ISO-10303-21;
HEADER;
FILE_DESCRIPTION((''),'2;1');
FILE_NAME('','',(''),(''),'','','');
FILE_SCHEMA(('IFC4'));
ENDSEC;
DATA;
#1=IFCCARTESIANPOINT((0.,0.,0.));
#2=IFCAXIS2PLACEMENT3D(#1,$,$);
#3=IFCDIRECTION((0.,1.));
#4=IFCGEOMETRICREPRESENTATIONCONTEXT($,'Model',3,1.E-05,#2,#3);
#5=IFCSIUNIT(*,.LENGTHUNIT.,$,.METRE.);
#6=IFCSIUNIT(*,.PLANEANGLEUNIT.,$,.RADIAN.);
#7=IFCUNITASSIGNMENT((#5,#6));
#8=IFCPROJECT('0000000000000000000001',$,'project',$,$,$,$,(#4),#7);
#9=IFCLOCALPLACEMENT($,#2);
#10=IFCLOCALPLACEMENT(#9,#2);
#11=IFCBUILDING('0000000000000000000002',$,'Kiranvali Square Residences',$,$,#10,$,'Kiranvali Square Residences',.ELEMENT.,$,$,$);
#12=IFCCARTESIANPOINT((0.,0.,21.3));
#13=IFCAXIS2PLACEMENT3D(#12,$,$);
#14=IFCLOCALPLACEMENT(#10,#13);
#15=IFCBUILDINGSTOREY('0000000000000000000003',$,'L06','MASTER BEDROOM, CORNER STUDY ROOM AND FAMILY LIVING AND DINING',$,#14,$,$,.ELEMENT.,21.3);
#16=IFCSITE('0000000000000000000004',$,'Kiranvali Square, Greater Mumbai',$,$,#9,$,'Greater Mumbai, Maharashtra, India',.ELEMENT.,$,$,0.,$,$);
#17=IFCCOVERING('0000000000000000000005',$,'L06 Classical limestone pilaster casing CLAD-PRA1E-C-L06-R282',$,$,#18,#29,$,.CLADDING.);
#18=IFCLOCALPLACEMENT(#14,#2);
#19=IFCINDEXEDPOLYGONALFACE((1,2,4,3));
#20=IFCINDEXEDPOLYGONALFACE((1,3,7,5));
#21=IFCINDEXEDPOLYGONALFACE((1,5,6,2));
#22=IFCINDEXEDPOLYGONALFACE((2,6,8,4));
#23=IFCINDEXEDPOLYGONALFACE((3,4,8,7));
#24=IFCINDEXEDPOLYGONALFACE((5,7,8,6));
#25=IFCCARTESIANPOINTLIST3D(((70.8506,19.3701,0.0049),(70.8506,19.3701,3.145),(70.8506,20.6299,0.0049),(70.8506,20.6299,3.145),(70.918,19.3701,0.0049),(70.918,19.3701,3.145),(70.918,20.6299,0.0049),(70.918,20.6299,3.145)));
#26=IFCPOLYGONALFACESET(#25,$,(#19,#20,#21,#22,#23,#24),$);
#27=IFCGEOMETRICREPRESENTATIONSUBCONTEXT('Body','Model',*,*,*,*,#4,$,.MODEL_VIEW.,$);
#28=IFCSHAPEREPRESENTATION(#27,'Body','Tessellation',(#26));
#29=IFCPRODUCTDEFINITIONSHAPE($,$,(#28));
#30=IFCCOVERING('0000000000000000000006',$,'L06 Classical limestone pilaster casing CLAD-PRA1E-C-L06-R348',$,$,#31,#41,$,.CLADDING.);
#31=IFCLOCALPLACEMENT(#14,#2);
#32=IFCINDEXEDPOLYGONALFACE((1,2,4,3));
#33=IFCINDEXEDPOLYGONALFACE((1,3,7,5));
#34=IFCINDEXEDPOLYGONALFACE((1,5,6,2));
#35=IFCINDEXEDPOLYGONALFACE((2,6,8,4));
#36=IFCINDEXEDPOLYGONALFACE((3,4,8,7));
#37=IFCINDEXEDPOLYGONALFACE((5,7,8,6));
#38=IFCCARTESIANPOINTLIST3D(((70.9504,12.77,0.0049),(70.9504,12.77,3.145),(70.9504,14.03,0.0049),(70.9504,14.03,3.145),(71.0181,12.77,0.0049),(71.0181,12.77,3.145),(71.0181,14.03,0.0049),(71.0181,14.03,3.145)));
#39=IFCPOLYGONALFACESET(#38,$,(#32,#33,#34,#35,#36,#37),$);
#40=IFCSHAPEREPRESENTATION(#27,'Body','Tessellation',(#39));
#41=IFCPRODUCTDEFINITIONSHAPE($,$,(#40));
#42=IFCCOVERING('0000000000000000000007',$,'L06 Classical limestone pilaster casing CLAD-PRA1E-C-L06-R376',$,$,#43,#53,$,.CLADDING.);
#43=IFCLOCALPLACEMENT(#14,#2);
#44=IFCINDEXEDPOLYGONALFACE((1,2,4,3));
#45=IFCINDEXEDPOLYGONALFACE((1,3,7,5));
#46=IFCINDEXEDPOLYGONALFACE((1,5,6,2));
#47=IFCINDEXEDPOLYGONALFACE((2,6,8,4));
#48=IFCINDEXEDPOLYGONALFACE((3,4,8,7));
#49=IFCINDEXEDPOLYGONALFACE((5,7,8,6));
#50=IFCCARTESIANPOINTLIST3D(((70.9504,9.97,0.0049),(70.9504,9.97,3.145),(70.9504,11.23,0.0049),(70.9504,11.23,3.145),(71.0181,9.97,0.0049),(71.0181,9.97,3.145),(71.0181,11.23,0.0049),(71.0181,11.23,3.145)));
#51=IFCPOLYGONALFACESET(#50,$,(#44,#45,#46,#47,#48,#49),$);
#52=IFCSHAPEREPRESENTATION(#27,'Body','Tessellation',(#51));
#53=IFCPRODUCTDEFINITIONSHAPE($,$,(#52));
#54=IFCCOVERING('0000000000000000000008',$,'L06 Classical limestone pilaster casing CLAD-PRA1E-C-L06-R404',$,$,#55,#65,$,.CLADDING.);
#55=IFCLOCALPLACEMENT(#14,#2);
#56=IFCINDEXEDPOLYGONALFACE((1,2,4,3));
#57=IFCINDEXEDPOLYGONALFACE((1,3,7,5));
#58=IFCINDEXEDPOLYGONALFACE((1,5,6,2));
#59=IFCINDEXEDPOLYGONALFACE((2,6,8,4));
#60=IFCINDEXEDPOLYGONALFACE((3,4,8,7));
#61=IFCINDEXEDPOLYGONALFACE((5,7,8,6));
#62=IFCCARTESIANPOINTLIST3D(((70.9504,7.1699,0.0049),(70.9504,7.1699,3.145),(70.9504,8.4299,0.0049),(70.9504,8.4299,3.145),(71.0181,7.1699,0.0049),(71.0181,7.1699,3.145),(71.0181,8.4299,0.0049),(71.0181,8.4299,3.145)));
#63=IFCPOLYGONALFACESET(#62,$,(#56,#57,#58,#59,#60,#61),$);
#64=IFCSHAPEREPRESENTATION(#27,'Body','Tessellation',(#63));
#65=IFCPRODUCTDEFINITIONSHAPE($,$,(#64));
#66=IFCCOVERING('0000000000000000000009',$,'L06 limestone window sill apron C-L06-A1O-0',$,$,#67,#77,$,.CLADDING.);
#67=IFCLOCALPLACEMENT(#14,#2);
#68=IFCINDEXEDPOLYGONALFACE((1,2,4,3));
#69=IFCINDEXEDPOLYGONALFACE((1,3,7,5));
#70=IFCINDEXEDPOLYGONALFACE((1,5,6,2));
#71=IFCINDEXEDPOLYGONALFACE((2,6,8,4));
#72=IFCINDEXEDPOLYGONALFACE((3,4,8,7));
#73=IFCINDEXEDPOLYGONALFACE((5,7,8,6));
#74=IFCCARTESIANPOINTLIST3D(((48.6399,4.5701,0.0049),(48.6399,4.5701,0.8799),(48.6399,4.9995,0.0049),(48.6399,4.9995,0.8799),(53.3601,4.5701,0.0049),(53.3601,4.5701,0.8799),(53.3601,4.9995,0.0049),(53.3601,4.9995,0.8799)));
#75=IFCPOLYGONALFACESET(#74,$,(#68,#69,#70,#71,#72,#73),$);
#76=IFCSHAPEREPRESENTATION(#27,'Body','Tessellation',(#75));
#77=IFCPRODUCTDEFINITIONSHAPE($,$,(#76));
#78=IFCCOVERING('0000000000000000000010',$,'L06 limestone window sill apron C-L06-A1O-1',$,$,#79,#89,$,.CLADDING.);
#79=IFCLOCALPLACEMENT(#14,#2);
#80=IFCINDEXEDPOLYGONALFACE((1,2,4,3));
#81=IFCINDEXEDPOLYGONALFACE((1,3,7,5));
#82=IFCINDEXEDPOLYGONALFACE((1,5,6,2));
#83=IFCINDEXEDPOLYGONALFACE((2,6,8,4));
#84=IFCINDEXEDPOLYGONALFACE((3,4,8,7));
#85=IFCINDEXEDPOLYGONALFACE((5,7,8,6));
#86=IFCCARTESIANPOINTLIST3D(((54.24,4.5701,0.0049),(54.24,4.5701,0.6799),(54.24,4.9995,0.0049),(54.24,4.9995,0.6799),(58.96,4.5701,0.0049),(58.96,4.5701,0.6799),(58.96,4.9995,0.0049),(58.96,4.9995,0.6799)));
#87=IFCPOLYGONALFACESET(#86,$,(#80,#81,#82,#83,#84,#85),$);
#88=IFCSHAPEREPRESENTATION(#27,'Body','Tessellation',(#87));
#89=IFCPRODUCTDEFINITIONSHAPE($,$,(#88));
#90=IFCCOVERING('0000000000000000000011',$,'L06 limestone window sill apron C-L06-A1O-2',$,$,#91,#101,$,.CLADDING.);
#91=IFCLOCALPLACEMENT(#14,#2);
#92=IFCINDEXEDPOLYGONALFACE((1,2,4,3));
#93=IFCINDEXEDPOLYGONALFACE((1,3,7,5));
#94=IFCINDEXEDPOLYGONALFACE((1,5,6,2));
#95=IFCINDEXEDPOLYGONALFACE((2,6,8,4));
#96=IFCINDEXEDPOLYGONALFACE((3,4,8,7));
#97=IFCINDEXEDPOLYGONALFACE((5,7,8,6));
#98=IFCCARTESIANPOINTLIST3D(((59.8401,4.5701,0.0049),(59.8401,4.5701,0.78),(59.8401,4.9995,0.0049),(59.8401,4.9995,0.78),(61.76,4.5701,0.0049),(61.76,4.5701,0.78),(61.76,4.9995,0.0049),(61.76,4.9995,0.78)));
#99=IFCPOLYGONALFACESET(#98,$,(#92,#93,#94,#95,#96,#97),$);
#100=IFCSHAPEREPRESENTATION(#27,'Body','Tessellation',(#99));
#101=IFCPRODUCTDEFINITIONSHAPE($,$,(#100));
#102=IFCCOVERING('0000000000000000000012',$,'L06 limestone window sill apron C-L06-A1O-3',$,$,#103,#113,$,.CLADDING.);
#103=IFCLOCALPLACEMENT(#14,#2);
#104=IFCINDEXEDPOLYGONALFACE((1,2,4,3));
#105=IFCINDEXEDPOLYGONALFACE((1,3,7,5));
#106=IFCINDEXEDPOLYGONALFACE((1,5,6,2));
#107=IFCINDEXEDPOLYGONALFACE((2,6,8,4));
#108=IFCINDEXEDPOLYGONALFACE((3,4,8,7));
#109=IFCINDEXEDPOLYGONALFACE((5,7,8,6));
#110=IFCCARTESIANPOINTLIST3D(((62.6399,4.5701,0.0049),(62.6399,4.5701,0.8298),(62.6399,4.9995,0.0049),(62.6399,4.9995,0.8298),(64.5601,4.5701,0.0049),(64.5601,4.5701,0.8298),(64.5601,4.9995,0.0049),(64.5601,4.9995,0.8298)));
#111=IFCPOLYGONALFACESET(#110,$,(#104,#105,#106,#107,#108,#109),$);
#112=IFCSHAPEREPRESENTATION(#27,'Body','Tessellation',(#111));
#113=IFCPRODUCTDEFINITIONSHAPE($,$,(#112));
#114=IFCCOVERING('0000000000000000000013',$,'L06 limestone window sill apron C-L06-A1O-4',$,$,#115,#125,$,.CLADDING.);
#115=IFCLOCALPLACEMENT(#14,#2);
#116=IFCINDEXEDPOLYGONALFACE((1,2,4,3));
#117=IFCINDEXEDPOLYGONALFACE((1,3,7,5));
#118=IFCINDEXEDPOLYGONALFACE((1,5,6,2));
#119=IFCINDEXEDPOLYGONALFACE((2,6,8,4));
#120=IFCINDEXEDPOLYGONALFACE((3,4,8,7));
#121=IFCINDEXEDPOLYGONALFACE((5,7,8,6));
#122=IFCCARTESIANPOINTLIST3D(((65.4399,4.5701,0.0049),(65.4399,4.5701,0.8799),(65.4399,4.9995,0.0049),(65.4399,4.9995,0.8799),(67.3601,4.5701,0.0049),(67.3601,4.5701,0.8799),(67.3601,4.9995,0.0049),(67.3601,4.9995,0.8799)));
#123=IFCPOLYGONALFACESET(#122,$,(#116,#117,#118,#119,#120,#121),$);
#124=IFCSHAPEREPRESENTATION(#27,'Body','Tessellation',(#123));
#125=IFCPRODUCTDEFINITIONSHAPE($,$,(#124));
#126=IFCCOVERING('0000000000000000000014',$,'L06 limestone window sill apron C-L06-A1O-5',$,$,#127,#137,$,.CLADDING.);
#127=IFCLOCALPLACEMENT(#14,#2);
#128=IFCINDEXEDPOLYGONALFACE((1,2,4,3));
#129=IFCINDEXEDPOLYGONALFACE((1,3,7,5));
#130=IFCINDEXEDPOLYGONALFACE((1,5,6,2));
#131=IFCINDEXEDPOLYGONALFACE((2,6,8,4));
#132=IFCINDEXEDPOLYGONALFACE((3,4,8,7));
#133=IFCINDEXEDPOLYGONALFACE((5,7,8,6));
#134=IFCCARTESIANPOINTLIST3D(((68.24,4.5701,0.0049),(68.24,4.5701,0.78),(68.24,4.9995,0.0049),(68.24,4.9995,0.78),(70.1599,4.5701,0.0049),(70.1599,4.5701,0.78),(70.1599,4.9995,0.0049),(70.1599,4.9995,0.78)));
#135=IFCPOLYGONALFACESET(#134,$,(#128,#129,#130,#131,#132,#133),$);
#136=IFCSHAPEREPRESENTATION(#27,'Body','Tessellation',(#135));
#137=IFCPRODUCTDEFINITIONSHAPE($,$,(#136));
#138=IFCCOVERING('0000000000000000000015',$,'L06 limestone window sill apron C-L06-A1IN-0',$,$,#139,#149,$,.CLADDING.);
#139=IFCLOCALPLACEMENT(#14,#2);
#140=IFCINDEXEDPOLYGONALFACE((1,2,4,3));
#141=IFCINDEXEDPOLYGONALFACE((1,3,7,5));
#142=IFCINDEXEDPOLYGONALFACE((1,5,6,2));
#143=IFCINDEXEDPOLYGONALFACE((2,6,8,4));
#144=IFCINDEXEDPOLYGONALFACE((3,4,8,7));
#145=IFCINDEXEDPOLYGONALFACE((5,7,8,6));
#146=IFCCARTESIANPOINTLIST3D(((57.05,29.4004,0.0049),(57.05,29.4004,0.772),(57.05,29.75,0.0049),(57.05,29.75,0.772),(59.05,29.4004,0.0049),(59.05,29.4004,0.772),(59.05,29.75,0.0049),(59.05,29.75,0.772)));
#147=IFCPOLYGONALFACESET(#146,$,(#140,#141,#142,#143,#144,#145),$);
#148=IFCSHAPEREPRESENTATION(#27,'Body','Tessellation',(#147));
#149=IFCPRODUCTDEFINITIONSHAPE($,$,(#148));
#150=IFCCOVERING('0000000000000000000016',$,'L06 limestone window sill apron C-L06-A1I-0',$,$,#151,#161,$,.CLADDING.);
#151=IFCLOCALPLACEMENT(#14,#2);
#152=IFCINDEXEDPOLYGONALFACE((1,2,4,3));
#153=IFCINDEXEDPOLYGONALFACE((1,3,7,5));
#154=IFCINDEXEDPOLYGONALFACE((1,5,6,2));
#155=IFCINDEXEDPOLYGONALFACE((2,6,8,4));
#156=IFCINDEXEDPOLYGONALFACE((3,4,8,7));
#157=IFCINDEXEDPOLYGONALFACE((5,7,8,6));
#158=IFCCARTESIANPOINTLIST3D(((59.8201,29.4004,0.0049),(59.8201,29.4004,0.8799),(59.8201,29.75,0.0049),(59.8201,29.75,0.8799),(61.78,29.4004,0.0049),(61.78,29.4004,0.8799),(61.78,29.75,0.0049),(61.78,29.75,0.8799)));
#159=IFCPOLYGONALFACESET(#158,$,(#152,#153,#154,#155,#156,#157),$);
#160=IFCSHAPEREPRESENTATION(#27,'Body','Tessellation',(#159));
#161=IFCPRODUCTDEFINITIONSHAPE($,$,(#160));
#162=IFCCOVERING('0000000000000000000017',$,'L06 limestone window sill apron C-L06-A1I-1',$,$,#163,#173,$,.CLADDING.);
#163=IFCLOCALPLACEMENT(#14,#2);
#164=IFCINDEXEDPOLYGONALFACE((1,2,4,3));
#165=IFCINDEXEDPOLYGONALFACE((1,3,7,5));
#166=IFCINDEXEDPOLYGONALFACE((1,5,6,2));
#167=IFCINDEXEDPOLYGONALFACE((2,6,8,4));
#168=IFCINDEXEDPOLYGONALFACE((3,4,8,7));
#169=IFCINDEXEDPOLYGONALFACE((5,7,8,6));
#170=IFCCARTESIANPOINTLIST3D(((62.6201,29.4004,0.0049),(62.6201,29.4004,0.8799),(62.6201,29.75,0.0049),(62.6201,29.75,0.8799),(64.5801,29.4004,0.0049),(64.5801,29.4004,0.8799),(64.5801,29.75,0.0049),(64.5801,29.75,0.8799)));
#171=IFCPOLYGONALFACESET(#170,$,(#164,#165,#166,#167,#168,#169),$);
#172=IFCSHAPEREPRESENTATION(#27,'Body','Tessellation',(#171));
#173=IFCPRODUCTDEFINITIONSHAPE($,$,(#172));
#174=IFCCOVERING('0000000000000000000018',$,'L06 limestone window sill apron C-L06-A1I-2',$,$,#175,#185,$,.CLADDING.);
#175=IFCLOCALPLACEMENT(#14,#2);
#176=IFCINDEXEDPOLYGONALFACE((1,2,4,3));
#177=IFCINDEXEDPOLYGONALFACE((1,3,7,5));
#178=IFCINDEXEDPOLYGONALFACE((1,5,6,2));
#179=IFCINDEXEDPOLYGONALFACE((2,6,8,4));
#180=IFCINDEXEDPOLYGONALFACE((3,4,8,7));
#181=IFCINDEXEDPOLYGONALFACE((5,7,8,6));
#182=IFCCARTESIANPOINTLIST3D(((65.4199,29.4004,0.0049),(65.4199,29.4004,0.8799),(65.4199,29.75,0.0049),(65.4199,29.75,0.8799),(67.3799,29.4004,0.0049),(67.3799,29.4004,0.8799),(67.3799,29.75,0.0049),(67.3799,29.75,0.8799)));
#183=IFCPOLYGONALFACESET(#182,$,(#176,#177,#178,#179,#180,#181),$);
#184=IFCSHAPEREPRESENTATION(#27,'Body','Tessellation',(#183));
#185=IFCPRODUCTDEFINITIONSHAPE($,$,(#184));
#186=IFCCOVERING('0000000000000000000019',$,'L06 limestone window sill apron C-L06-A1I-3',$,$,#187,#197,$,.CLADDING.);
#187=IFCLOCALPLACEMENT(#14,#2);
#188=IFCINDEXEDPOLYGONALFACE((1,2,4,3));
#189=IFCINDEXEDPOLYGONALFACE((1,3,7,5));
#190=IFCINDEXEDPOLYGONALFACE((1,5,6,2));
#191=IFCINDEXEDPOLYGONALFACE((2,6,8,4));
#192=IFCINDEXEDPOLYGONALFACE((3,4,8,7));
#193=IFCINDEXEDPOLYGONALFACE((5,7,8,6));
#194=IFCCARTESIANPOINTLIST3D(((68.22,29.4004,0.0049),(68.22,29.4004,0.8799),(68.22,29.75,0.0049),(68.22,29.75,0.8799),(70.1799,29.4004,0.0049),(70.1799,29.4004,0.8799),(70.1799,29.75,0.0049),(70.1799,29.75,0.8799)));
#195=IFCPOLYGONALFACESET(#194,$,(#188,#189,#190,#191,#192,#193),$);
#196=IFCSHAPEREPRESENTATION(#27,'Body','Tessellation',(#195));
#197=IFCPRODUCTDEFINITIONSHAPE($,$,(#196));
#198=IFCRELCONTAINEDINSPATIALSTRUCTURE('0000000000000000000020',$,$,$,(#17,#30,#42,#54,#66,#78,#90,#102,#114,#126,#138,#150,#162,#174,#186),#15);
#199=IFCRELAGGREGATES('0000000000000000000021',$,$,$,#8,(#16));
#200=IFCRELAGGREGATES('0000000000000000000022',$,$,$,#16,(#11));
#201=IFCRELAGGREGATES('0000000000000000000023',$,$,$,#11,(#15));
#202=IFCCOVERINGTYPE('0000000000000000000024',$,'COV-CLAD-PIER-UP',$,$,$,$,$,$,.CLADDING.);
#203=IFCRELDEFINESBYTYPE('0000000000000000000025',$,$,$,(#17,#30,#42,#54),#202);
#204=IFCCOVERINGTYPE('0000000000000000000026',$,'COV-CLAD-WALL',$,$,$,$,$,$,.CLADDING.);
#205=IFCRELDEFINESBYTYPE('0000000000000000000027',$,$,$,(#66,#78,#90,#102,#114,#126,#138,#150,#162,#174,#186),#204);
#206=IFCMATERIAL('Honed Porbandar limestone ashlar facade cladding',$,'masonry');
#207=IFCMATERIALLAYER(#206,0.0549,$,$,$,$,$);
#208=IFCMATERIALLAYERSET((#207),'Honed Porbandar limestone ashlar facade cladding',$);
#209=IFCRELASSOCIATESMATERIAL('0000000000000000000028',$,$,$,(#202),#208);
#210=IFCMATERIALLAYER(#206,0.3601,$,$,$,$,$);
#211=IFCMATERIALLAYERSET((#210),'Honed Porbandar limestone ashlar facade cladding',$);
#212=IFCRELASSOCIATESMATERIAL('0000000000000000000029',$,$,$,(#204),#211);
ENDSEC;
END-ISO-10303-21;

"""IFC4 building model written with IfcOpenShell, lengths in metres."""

from ifc_helpers import new_model, si_unit, direction, frame, origin, place, context, subcontext, project, spatial, polyline, outline, extrude, material, layer, layer_set, type_object, element, save


model = new_model("IFC4")

# Units and contexts
model_context = context("Model", 3, precision=1e-05, world=origin(), true_north=direction((0.0, 1.0)))
body_context = subcontext(model_context, "Body", "Model", "MODEL_VIEW")
ifc_project = project(units=[si_unit("LENGTHUNIT", "METRE"), si_unit("PLANEANGLEUNIT", "RADIAN")], contexts=[model_context])

# Site, building, storey
site_placement = place(None, origin())
site = spatial("IfcSite", under=ifc_project, at=site_placement, Name="Kiranvali Square, Greater Mumbai", LongName="Greater Mumbai, Maharashtra, India", CompositionType="ELEMENT", RefElevation=0.0)
building_placement = place(site_placement, origin())
building = spatial("IfcBuilding", under=site, at=building_placement, Name="Kiranvali Square Residences", LongName="Kiranvali Square Residences", CompositionType="ELEMENT")
storey_placement = place(building_placement, frame((0.0, 0.0, 21.3)))
storey = spatial("IfcBuildingStorey", under=building, at=storey_placement, Name="L06", Description="MASTER BEDROOM, CORNER STUDY ROOM AND FAMILY LIVING AND DINING", CompositionType="ELEMENT", Elevation=21.3)

# Coverings
ifc_material = material(Name="Honed Porbandar limestone ashlar facade cladding", Category="masonry")
ifc_layer_1 = layer(ifc_material, 0.0549)
ifc_layer_set_1 = layer_set([ifc_layer_1], Name="Honed Porbandar limestone ashlar facade cladding")
covering_type_1 = type_object("IfcCoveringType", Name="COV-CLAD-PIER-UP", PredefinedType="CLADDING", material=ifc_layer_set_1)
covering_1_placement = place(storey_placement, frame((0.0, 0.0, 0.0049)))
element("IfcCovering", 1, at=covering_1_placement, inside=storey, type_object=covering_type_1, Name="L06 Classical limestone pilaster casing CLAD-PRA1E-C-L06-R282", PredefinedType="CLADDING", context=body_context, shape_type="SweptSolid", body=[
    extrude(outline(polyline([(70.8506, 20.6299), (70.8506, 19.3701), (70.918, 19.3701), (70.918, 20.6299), (70.8506, 20.6299)])), origin(), (0.0, 0.0, 1.0), 3.1401),
])
covering_2_placement = place(storey_placement, frame((0.0, 0.0, 0.0049)))
element("IfcCovering", 2, at=covering_2_placement, inside=storey, type_object=covering_type_1, Name="L06 Classical limestone pilaster casing CLAD-PRA1E-C-L06-R348", PredefinedType="CLADDING", context=body_context, shape_type="SweptSolid", body=[
    extrude(outline(polyline([(70.9504, 14.03), (70.9504, 12.77), (71.0181, 12.77), (71.0181, 14.03), (70.9504, 14.03)])), origin(), (0.0, 0.0, 1.0), 3.1401),
])
covering_3_placement = place(storey_placement, frame((0.0, 0.0, 0.0049)))
element("IfcCovering", 3, at=covering_3_placement, inside=storey, type_object=covering_type_1, Name="L06 Classical limestone pilaster casing CLAD-PRA1E-C-L06-R376", PredefinedType="CLADDING", context=body_context, shape_type="SweptSolid", body=[
    extrude(outline(polyline([(70.9504, 11.23), (70.9504, 9.97), (71.0181, 9.97), (71.0181, 11.23), (70.9504, 11.23)])), origin(), (0.0, 0.0, 1.0), 3.1401),
])
covering_4_placement = place(storey_placement, frame((0.0, 0.0, 0.0049)))
element("IfcCovering", 4, at=covering_4_placement, inside=storey, type_object=covering_type_1, Name="L06 Classical limestone pilaster casing CLAD-PRA1E-C-L06-R404", PredefinedType="CLADDING", context=body_context, shape_type="SweptSolid", body=[
    extrude(outline(polyline([(70.9504, 8.4299), (70.9504, 7.1699), (71.0181, 7.1699), (71.0181, 8.4299), (70.9504, 8.4299)])), origin(), (0.0, 0.0, 1.0), 3.1401),
])
ifc_layer_2 = layer(ifc_material, 0.3601)
ifc_layer_set_2 = layer_set([ifc_layer_2], Name="Honed Porbandar limestone ashlar facade cladding")
covering_type_2 = type_object("IfcCoveringType", Name="COV-CLAD-WALL", PredefinedType="CLADDING", material=ifc_layer_set_2)
covering_5_placement = place(storey_placement, frame((0.0, 0.0, 0.0049)))
element("IfcCovering", 5, at=covering_5_placement, inside=storey, type_object=covering_type_2, Name="L06 limestone window sill apron C-L06-A1O-0", PredefinedType="CLADDING", context=body_context, shape_type="SweptSolid", body=[
    extrude(outline(polyline([(48.6399, 4.5701), (53.3601, 4.5701), (53.3601, 4.9995), (48.6399, 4.9995), (48.6399, 4.5701)])), origin(), (0.0, 0.0, 1.0), 0.875),
])
covering_6_placement = place(storey_placement, frame((0.0, 0.0, 0.0049)))
element("IfcCovering", 6, at=covering_6_placement, inside=storey, type_object=covering_type_2, Name="L06 limestone window sill apron C-L06-A1O-1", PredefinedType="CLADDING", context=body_context, shape_type="SweptSolid", body=[
    extrude(outline(polyline([(54.24, 4.5701), (58.96, 4.5701), (58.96, 4.9995), (54.24, 4.9995), (54.24, 4.5701)])), origin(), (0.0, 0.0, 1.0), 0.675),
])
covering_7_placement = place(storey_placement, frame((0.0, 0.0, 0.0049)))
element("IfcCovering", 7, at=covering_7_placement, inside=storey, type_object=covering_type_2, Name="L06 limestone window sill apron C-L06-A1O-2", PredefinedType="CLADDING", context=body_context, shape_type="SweptSolid", body=[
    extrude(outline(polyline([(59.8401, 4.5701), (61.76, 4.5701), (61.76, 4.9995), (59.8401, 4.9995), (59.8401, 4.5701)])), origin(), (0.0, 0.0, 1.0), 0.7751),
])
covering_8_placement = place(storey_placement, frame((0.0, 0.0, 0.0049)))
element("IfcCovering", 8, at=covering_8_placement, inside=storey, type_object=covering_type_2, Name="L06 limestone window sill apron C-L06-A1O-3", PredefinedType="CLADDING", context=body_context, shape_type="SweptSolid", body=[
    extrude(outline(polyline([(62.6399, 4.5701), (64.5601, 4.5701), (64.5601, 4.9995), (62.6399, 4.9995), (62.6399, 4.5701)])), origin(), (0.0, 0.0, 1.0), 0.825),
])
covering_9_placement = place(storey_placement, frame((0.0, 0.0, 0.0049)))
element("IfcCovering", 9, at=covering_9_placement, inside=storey, type_object=covering_type_2, Name="L06 limestone window sill apron C-L06-A1O-4", PredefinedType="CLADDING", context=body_context, shape_type="SweptSolid", body=[
    extrude(outline(polyline([(65.4399, 4.5701), (67.3601, 4.5701), (67.3601, 4.9995), (65.4399, 4.9995), (65.4399, 4.5701)])), origin(), (0.0, 0.0, 1.0), 0.875),
])
covering_10_placement = place(storey_placement, frame((0.0, 0.0, 0.0049)))
element("IfcCovering", 10, at=covering_10_placement, inside=storey, type_object=covering_type_2, Name="L06 limestone window sill apron C-L06-A1O-5", PredefinedType="CLADDING", context=body_context, shape_type="SweptSolid", body=[
    extrude(outline(polyline([(68.24, 4.5701), (70.1599, 4.5701), (70.1599, 4.9995), (68.24, 4.9995), (68.24, 4.5701)])), origin(), (0.0, 0.0, 1.0), 0.7751),
])
covering_11_placement = place(storey_placement, frame((0.0, 0.0, 0.0049)))
element("IfcCovering", 11, at=covering_11_placement, inside=storey, type_object=covering_type_2, Name="L06 limestone window sill apron C-L06-A1IN-0", PredefinedType="CLADDING", context=body_context, shape_type="SweptSolid", body=[
    extrude(outline(polyline([(57.05, 29.4004), (59.05, 29.4004), (59.05, 29.75), (57.05, 29.75), (57.05, 29.4004)])), origin(), (0.0, 0.0, 1.0), 0.7671),
])
covering_12_placement = place(storey_placement, frame((0.0, 0.0, 0.0049)))
element("IfcCovering", 12, at=covering_12_placement, inside=storey, type_object=covering_type_2, Name="L06 limestone window sill apron C-L06-A1I-0", PredefinedType="CLADDING", context=body_context, shape_type="SweptSolid", body=[
    extrude(outline(polyline([(59.8201, 29.4004), (61.78, 29.4004), (61.78, 29.75), (59.8201, 29.75), (59.8201, 29.4004)])), origin(), (0.0, 0.0, 1.0), 0.875),
])
covering_13_placement = place(storey_placement, frame((0.0, 0.0, 0.0049)))
element("IfcCovering", 13, at=covering_13_placement, inside=storey, type_object=covering_type_2, Name="L06 limestone window sill apron C-L06-A1I-1", PredefinedType="CLADDING", context=body_context, shape_type="SweptSolid", body=[
    extrude(outline(polyline([(62.6201, 29.4004), (64.5801, 29.4004), (64.5801, 29.75), (62.6201, 29.75), (62.6201, 29.4004)])), origin(), (0.0, 0.0, 1.0), 0.875),
])
covering_14_placement = place(storey_placement, frame((0.0, 0.0, 0.0049)))
element("IfcCovering", 14, at=covering_14_placement, inside=storey, type_object=covering_type_2, Name="L06 limestone window sill apron C-L06-A1I-2", PredefinedType="CLADDING", context=body_context, shape_type="SweptSolid", body=[
    extrude(outline(polyline([(65.4199, 29.4004), (67.3799, 29.4004), (67.3799, 29.75), (65.4199, 29.75), (65.4199, 29.4004)])), origin(), (0.0, 0.0, 1.0), 0.875),
])
covering_15_placement = place(storey_placement, frame((0.0, 0.0, 0.0049)))
element("IfcCovering", 15, at=covering_15_placement, inside=storey, type_object=covering_type_2, Name="L06 limestone window sill apron C-L06-A1I-3", PredefinedType="CLADDING", context=body_context, shape_type="SweptSolid", body=[
    extrude(outline(polyline([(68.22, 29.4004), (70.1799, 29.4004), (70.1799, 29.75), (68.22, 29.75), (68.22, 29.4004)])), origin(), (0.0, 0.0, 1.0), 0.875),
])

save(model, "model.ifc")
